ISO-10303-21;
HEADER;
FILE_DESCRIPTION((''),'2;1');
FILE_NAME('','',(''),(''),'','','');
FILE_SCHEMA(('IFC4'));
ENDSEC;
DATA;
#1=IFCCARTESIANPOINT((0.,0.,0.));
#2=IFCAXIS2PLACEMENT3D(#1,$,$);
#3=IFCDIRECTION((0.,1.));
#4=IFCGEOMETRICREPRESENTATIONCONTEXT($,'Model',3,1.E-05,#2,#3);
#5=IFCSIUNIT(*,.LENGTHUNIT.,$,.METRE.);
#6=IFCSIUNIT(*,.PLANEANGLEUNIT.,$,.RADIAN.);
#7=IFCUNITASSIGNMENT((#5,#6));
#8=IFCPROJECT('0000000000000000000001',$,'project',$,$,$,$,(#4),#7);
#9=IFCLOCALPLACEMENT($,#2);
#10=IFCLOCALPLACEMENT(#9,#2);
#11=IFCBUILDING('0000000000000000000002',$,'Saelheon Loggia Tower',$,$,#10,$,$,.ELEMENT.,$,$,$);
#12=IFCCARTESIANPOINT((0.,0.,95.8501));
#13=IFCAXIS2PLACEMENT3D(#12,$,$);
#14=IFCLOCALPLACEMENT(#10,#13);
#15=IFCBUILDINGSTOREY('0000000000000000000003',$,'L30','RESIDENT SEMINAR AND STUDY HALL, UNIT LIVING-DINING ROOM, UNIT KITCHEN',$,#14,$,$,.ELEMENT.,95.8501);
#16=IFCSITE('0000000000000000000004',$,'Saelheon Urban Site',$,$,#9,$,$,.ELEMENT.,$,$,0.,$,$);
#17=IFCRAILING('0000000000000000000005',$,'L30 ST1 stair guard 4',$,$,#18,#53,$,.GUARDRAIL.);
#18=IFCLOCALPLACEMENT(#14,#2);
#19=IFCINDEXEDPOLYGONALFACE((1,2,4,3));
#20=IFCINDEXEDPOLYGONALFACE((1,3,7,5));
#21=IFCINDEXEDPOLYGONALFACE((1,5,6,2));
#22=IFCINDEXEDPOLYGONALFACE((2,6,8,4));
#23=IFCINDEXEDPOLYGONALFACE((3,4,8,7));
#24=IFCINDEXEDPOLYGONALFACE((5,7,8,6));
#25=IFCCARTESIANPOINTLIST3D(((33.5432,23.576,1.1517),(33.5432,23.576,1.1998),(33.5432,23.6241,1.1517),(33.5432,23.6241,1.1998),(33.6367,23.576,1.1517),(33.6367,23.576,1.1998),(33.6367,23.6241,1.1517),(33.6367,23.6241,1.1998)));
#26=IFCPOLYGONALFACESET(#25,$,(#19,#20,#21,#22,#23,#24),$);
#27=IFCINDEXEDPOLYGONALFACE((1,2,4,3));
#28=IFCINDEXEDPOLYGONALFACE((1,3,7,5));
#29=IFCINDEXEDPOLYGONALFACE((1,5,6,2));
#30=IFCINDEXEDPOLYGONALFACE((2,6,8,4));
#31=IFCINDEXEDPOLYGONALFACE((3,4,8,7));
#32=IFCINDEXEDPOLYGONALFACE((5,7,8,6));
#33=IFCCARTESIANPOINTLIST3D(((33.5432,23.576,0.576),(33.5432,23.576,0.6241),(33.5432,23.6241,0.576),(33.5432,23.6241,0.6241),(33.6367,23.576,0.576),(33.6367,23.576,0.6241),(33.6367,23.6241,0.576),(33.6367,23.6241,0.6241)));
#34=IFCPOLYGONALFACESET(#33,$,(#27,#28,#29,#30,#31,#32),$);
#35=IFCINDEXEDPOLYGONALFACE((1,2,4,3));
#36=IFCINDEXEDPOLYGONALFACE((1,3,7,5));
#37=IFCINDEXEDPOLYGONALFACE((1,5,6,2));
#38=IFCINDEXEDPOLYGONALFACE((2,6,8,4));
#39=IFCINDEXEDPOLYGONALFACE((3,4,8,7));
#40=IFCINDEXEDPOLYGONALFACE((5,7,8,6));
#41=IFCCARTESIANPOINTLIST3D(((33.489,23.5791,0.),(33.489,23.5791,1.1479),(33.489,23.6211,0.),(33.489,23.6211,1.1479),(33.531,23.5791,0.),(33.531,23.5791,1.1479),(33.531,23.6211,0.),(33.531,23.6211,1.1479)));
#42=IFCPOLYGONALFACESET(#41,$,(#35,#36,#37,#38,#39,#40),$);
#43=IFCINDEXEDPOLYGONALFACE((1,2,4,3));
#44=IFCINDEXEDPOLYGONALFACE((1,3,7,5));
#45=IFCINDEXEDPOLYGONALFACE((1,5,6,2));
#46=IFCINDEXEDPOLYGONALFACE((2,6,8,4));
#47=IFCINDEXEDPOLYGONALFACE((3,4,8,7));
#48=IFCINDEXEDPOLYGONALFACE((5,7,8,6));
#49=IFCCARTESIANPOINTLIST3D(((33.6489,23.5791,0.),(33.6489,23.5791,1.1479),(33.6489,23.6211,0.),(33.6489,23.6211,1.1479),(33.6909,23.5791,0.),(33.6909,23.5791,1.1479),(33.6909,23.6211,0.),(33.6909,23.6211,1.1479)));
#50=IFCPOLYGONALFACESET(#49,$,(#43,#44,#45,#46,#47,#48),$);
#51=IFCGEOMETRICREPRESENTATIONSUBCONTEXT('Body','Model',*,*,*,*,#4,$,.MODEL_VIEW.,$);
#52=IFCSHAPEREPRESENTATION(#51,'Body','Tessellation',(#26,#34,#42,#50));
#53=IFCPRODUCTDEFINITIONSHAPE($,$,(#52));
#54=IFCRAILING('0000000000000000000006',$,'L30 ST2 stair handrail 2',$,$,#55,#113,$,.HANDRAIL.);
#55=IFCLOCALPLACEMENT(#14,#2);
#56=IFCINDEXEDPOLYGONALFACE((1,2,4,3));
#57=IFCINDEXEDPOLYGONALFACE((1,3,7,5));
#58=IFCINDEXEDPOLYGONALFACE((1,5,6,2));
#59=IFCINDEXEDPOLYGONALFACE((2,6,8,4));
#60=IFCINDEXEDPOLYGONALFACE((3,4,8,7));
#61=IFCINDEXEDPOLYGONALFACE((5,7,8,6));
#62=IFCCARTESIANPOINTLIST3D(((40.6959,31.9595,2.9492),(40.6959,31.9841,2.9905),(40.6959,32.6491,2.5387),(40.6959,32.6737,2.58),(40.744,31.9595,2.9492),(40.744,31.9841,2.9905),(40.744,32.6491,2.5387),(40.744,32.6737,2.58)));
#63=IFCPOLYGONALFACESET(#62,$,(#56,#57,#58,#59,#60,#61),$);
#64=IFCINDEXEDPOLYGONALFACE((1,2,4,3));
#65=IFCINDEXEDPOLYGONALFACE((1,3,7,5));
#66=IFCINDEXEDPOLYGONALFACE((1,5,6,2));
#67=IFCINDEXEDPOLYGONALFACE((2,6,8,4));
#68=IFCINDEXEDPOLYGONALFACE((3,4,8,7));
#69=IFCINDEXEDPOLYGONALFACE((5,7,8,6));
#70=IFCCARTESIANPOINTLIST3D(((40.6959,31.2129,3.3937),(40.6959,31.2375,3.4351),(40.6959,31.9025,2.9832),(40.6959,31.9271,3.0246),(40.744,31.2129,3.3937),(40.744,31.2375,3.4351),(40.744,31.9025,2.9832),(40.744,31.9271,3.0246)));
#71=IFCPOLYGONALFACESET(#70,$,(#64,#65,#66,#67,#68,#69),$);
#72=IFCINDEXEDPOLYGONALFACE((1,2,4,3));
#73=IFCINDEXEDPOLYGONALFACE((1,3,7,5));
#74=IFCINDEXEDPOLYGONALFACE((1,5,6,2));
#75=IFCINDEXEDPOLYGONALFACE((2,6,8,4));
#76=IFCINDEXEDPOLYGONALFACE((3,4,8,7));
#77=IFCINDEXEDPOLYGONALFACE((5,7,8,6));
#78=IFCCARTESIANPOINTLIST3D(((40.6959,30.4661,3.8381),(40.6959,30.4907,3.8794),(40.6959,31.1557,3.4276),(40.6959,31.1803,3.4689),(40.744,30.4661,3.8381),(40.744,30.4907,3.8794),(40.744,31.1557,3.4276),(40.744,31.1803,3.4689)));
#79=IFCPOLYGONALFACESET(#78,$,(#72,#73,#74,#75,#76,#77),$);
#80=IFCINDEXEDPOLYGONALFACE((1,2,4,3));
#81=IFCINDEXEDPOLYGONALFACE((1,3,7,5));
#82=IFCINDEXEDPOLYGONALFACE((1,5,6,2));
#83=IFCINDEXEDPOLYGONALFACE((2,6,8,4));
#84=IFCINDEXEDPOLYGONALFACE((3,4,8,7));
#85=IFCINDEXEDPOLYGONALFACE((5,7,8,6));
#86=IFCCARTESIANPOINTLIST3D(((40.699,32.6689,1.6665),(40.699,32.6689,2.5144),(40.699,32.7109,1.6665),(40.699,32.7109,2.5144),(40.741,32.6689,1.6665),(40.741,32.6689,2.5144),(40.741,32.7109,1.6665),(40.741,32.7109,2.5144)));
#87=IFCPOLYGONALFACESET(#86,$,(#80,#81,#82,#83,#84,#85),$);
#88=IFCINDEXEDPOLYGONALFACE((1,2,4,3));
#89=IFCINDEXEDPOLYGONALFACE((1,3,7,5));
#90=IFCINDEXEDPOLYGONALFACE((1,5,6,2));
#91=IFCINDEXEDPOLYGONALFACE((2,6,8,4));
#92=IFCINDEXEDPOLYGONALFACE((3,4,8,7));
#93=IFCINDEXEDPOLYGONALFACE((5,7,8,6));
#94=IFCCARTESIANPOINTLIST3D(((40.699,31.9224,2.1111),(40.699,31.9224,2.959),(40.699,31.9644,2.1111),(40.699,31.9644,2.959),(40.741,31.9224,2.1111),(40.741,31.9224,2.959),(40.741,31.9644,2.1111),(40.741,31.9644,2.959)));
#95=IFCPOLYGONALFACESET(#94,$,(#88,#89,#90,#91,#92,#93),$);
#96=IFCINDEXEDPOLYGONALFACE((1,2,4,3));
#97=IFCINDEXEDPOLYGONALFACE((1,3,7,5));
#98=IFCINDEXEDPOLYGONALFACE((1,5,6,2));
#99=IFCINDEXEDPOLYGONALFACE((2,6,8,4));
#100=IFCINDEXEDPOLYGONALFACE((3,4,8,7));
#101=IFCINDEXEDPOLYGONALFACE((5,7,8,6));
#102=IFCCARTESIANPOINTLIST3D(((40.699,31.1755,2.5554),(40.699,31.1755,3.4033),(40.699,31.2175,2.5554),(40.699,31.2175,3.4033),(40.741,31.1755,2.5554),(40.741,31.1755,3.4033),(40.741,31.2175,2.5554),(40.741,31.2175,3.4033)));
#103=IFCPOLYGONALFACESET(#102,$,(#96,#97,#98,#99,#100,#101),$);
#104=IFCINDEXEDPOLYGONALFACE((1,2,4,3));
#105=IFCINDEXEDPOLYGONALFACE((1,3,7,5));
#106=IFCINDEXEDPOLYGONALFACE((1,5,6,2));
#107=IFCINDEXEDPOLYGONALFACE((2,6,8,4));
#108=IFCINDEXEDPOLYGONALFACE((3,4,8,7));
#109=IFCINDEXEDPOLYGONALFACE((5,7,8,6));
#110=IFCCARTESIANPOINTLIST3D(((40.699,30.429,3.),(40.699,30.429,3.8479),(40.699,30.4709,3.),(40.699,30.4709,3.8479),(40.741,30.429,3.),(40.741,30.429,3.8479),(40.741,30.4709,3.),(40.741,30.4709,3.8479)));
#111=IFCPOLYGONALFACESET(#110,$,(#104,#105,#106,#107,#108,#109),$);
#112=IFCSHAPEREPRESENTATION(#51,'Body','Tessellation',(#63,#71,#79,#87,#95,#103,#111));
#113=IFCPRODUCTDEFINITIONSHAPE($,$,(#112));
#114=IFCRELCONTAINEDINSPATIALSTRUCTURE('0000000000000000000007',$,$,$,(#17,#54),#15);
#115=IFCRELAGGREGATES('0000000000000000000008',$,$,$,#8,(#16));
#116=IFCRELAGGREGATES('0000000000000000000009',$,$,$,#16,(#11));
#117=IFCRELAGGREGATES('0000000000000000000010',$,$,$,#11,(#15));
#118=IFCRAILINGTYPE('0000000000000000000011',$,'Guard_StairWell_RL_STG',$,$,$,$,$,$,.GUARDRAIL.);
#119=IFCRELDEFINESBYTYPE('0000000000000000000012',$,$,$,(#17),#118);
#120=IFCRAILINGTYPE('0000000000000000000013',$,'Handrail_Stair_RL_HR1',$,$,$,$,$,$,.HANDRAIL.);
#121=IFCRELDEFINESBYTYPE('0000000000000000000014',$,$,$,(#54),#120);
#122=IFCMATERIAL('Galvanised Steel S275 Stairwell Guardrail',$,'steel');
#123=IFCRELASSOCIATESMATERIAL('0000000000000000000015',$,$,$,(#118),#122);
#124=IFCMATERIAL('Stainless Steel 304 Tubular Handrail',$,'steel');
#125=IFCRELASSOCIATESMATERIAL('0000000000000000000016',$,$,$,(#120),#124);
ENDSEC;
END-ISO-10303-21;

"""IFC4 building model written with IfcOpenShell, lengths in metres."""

from ifc_helpers import new_model, si_unit, direction, frame, origin, origin_2d, place, context, subcontext, project, spatial, rectangle, extrude, material, type_object, element, save


model = new_model("IFC4")

# Units and contexts
model_context = context("Model", 3, precision=1e-05, world=origin(), true_north=direction((0.0, 1.0)))
body_context = subcontext(model_context, "Body", "Model", "MODEL_VIEW")
ifc_project = project(units=[si_unit("LENGTHUNIT", "METRE"), si_unit("PLANEANGLEUNIT", "RADIAN")], contexts=[model_context])

# Site, building, storey
site_placement = place(None, origin())
site = spatial("IfcSite", under=ifc_project, at=site_placement, Name="Saelheon Urban Site", CompositionType="ELEMENT", RefElevation=0.0)
building_placement = place(site_placement, origin())
building = spatial("IfcBuilding", under=site, at=building_placement, Name="Saelheon Loggia Tower", CompositionType="ELEMENT")
storey_placement = place(building_placement, frame((0.0, 0.0, 95.8501)))
storey = spatial("IfcBuildingStorey", under=building, at=storey_placement, Name="L30", Description="RESIDENT SEMINAR AND STUDY HALL, UNIT LIVING-DINING ROOM, UNIT KITCHEN", CompositionType="ELEMENT", Elevation=95.8501)

# Railings
ifc_material_1 = material(Name="Galvanised Steel S275 Stairwell Guardrail", Category="steel")
railing_type_1 = type_object("IfcRailingType", Name="Guard_StairWell_RL_STG", PredefinedType="GUARDRAIL", material=ifc_material_1)
railing_1_placement = place(storey_placement, frame((33.51, 23.6001, 0.0)))
element("IfcRailing", 1, at=railing_1_placement, inside=storey, type_object=railing_type_1, Name="L30 ST1 stair guard 4", PredefinedType="GUARDRAIL", context=body_context, shape_type="SweptSolid", body=[
    extrude(rectangle(XDim=0.0481, YDim=0.0481, at=origin_2d()), frame((0.0332, 0.0, 1.1758), z_axis=(1.0, 0.0, 0.0), x_axis=(0.0, 1.0, 0.0)), (0.0, 0.0, 1.0), 0.0935),
    extrude(rectangle(XDim=0.0481, YDim=0.0481, at=origin_2d()), frame((0.0332, 0.0, 0.6001), z_axis=(1.0, 0.0, 0.0), x_axis=(0.0, 1.0, 0.0)), (0.0, 0.0, 1.0), 0.0935),
    extrude(rectangle(XDim=0.042, YDim=0.042, at=origin_2d()), origin(), (0.0, 0.0, 1.0), 1.1479),
    extrude(rectangle(XDim=0.042, YDim=0.042, at=origin_2d()), frame((0.1599, 0.0, 0.0)), (0.0, 0.0, 1.0), 1.1479),
])
ifc_material_2 = material(Name="Stainless Steel 304 Tubular Handrail", Category="steel")
railing_type_2 = type_object("IfcRailingType", Name="Handrail_Stair_RL_HR1", PredefinedType="HANDRAIL", material=ifc_material_2)
railing_2_placement = place(storey_placement, frame((40.72, 32.6899, 1.6665)))
element("IfcRailing", 2, at=railing_2_placement, inside=storey, type_object=railing_type_2, Name="L30 ST2 stair handrail 2", PredefinedType="HANDRAIL", context=body_context, shape_type="SweptSolid", body=[
    extrude(rectangle(XDim=0.0481, YDim=0.0481, at=origin_2d()), frame((0.0, -0.0286, 0.8928), z_axis=(0.0, -0.859264, 0.511532), x_axis=(1.0, 0.0, 0.0)), (0.0, 0.0, 1.0), 0.8025),
    extrude(rectangle(XDim=0.0481, YDim=0.0481, at=origin_2d()), frame((0.0, -0.7751, 1.3374), z_axis=(0.0, -0.859264, 0.511532), x_axis=(1.0, 0.0, 0.0)), (0.0, 0.0, 1.0), 0.8025),
    extrude(rectangle(XDim=0.0481, YDim=0.0481, at=origin_2d()), frame((0.0, -1.522, 1.7817), z_axis=(0.0, -0.859264, 0.511532), x_axis=(1.0, 0.0, 0.0)), (0.0, 0.0, 1.0), 0.8025),
    extrude(rectangle(XDim=0.042, YDim=0.042, at=origin_2d()), origin(), (0.0, 0.0, 1.0), 0.8479),
    extrude(rectangle(XDim=0.042, YDim=0.042, at=origin_2d()), frame((0.0, -0.7466, 0.4446)), (0.0, 0.0, 1.0), 0.8479),
    extrude(rectangle(XDim=0.042, YDim=0.042, at=origin_2d()), frame((0.0, -1.4934, 0.8889)), (0.0, 0.0, 1.0), 0.8479),
    extrude(rectangle(XDim=0.042, YDim=0.042, at=origin_2d()), frame((0.0, -2.24, 1.3335)), (0.0, 0.0, 1.0), 0.8479),
])

save(model, "model.ifc")
